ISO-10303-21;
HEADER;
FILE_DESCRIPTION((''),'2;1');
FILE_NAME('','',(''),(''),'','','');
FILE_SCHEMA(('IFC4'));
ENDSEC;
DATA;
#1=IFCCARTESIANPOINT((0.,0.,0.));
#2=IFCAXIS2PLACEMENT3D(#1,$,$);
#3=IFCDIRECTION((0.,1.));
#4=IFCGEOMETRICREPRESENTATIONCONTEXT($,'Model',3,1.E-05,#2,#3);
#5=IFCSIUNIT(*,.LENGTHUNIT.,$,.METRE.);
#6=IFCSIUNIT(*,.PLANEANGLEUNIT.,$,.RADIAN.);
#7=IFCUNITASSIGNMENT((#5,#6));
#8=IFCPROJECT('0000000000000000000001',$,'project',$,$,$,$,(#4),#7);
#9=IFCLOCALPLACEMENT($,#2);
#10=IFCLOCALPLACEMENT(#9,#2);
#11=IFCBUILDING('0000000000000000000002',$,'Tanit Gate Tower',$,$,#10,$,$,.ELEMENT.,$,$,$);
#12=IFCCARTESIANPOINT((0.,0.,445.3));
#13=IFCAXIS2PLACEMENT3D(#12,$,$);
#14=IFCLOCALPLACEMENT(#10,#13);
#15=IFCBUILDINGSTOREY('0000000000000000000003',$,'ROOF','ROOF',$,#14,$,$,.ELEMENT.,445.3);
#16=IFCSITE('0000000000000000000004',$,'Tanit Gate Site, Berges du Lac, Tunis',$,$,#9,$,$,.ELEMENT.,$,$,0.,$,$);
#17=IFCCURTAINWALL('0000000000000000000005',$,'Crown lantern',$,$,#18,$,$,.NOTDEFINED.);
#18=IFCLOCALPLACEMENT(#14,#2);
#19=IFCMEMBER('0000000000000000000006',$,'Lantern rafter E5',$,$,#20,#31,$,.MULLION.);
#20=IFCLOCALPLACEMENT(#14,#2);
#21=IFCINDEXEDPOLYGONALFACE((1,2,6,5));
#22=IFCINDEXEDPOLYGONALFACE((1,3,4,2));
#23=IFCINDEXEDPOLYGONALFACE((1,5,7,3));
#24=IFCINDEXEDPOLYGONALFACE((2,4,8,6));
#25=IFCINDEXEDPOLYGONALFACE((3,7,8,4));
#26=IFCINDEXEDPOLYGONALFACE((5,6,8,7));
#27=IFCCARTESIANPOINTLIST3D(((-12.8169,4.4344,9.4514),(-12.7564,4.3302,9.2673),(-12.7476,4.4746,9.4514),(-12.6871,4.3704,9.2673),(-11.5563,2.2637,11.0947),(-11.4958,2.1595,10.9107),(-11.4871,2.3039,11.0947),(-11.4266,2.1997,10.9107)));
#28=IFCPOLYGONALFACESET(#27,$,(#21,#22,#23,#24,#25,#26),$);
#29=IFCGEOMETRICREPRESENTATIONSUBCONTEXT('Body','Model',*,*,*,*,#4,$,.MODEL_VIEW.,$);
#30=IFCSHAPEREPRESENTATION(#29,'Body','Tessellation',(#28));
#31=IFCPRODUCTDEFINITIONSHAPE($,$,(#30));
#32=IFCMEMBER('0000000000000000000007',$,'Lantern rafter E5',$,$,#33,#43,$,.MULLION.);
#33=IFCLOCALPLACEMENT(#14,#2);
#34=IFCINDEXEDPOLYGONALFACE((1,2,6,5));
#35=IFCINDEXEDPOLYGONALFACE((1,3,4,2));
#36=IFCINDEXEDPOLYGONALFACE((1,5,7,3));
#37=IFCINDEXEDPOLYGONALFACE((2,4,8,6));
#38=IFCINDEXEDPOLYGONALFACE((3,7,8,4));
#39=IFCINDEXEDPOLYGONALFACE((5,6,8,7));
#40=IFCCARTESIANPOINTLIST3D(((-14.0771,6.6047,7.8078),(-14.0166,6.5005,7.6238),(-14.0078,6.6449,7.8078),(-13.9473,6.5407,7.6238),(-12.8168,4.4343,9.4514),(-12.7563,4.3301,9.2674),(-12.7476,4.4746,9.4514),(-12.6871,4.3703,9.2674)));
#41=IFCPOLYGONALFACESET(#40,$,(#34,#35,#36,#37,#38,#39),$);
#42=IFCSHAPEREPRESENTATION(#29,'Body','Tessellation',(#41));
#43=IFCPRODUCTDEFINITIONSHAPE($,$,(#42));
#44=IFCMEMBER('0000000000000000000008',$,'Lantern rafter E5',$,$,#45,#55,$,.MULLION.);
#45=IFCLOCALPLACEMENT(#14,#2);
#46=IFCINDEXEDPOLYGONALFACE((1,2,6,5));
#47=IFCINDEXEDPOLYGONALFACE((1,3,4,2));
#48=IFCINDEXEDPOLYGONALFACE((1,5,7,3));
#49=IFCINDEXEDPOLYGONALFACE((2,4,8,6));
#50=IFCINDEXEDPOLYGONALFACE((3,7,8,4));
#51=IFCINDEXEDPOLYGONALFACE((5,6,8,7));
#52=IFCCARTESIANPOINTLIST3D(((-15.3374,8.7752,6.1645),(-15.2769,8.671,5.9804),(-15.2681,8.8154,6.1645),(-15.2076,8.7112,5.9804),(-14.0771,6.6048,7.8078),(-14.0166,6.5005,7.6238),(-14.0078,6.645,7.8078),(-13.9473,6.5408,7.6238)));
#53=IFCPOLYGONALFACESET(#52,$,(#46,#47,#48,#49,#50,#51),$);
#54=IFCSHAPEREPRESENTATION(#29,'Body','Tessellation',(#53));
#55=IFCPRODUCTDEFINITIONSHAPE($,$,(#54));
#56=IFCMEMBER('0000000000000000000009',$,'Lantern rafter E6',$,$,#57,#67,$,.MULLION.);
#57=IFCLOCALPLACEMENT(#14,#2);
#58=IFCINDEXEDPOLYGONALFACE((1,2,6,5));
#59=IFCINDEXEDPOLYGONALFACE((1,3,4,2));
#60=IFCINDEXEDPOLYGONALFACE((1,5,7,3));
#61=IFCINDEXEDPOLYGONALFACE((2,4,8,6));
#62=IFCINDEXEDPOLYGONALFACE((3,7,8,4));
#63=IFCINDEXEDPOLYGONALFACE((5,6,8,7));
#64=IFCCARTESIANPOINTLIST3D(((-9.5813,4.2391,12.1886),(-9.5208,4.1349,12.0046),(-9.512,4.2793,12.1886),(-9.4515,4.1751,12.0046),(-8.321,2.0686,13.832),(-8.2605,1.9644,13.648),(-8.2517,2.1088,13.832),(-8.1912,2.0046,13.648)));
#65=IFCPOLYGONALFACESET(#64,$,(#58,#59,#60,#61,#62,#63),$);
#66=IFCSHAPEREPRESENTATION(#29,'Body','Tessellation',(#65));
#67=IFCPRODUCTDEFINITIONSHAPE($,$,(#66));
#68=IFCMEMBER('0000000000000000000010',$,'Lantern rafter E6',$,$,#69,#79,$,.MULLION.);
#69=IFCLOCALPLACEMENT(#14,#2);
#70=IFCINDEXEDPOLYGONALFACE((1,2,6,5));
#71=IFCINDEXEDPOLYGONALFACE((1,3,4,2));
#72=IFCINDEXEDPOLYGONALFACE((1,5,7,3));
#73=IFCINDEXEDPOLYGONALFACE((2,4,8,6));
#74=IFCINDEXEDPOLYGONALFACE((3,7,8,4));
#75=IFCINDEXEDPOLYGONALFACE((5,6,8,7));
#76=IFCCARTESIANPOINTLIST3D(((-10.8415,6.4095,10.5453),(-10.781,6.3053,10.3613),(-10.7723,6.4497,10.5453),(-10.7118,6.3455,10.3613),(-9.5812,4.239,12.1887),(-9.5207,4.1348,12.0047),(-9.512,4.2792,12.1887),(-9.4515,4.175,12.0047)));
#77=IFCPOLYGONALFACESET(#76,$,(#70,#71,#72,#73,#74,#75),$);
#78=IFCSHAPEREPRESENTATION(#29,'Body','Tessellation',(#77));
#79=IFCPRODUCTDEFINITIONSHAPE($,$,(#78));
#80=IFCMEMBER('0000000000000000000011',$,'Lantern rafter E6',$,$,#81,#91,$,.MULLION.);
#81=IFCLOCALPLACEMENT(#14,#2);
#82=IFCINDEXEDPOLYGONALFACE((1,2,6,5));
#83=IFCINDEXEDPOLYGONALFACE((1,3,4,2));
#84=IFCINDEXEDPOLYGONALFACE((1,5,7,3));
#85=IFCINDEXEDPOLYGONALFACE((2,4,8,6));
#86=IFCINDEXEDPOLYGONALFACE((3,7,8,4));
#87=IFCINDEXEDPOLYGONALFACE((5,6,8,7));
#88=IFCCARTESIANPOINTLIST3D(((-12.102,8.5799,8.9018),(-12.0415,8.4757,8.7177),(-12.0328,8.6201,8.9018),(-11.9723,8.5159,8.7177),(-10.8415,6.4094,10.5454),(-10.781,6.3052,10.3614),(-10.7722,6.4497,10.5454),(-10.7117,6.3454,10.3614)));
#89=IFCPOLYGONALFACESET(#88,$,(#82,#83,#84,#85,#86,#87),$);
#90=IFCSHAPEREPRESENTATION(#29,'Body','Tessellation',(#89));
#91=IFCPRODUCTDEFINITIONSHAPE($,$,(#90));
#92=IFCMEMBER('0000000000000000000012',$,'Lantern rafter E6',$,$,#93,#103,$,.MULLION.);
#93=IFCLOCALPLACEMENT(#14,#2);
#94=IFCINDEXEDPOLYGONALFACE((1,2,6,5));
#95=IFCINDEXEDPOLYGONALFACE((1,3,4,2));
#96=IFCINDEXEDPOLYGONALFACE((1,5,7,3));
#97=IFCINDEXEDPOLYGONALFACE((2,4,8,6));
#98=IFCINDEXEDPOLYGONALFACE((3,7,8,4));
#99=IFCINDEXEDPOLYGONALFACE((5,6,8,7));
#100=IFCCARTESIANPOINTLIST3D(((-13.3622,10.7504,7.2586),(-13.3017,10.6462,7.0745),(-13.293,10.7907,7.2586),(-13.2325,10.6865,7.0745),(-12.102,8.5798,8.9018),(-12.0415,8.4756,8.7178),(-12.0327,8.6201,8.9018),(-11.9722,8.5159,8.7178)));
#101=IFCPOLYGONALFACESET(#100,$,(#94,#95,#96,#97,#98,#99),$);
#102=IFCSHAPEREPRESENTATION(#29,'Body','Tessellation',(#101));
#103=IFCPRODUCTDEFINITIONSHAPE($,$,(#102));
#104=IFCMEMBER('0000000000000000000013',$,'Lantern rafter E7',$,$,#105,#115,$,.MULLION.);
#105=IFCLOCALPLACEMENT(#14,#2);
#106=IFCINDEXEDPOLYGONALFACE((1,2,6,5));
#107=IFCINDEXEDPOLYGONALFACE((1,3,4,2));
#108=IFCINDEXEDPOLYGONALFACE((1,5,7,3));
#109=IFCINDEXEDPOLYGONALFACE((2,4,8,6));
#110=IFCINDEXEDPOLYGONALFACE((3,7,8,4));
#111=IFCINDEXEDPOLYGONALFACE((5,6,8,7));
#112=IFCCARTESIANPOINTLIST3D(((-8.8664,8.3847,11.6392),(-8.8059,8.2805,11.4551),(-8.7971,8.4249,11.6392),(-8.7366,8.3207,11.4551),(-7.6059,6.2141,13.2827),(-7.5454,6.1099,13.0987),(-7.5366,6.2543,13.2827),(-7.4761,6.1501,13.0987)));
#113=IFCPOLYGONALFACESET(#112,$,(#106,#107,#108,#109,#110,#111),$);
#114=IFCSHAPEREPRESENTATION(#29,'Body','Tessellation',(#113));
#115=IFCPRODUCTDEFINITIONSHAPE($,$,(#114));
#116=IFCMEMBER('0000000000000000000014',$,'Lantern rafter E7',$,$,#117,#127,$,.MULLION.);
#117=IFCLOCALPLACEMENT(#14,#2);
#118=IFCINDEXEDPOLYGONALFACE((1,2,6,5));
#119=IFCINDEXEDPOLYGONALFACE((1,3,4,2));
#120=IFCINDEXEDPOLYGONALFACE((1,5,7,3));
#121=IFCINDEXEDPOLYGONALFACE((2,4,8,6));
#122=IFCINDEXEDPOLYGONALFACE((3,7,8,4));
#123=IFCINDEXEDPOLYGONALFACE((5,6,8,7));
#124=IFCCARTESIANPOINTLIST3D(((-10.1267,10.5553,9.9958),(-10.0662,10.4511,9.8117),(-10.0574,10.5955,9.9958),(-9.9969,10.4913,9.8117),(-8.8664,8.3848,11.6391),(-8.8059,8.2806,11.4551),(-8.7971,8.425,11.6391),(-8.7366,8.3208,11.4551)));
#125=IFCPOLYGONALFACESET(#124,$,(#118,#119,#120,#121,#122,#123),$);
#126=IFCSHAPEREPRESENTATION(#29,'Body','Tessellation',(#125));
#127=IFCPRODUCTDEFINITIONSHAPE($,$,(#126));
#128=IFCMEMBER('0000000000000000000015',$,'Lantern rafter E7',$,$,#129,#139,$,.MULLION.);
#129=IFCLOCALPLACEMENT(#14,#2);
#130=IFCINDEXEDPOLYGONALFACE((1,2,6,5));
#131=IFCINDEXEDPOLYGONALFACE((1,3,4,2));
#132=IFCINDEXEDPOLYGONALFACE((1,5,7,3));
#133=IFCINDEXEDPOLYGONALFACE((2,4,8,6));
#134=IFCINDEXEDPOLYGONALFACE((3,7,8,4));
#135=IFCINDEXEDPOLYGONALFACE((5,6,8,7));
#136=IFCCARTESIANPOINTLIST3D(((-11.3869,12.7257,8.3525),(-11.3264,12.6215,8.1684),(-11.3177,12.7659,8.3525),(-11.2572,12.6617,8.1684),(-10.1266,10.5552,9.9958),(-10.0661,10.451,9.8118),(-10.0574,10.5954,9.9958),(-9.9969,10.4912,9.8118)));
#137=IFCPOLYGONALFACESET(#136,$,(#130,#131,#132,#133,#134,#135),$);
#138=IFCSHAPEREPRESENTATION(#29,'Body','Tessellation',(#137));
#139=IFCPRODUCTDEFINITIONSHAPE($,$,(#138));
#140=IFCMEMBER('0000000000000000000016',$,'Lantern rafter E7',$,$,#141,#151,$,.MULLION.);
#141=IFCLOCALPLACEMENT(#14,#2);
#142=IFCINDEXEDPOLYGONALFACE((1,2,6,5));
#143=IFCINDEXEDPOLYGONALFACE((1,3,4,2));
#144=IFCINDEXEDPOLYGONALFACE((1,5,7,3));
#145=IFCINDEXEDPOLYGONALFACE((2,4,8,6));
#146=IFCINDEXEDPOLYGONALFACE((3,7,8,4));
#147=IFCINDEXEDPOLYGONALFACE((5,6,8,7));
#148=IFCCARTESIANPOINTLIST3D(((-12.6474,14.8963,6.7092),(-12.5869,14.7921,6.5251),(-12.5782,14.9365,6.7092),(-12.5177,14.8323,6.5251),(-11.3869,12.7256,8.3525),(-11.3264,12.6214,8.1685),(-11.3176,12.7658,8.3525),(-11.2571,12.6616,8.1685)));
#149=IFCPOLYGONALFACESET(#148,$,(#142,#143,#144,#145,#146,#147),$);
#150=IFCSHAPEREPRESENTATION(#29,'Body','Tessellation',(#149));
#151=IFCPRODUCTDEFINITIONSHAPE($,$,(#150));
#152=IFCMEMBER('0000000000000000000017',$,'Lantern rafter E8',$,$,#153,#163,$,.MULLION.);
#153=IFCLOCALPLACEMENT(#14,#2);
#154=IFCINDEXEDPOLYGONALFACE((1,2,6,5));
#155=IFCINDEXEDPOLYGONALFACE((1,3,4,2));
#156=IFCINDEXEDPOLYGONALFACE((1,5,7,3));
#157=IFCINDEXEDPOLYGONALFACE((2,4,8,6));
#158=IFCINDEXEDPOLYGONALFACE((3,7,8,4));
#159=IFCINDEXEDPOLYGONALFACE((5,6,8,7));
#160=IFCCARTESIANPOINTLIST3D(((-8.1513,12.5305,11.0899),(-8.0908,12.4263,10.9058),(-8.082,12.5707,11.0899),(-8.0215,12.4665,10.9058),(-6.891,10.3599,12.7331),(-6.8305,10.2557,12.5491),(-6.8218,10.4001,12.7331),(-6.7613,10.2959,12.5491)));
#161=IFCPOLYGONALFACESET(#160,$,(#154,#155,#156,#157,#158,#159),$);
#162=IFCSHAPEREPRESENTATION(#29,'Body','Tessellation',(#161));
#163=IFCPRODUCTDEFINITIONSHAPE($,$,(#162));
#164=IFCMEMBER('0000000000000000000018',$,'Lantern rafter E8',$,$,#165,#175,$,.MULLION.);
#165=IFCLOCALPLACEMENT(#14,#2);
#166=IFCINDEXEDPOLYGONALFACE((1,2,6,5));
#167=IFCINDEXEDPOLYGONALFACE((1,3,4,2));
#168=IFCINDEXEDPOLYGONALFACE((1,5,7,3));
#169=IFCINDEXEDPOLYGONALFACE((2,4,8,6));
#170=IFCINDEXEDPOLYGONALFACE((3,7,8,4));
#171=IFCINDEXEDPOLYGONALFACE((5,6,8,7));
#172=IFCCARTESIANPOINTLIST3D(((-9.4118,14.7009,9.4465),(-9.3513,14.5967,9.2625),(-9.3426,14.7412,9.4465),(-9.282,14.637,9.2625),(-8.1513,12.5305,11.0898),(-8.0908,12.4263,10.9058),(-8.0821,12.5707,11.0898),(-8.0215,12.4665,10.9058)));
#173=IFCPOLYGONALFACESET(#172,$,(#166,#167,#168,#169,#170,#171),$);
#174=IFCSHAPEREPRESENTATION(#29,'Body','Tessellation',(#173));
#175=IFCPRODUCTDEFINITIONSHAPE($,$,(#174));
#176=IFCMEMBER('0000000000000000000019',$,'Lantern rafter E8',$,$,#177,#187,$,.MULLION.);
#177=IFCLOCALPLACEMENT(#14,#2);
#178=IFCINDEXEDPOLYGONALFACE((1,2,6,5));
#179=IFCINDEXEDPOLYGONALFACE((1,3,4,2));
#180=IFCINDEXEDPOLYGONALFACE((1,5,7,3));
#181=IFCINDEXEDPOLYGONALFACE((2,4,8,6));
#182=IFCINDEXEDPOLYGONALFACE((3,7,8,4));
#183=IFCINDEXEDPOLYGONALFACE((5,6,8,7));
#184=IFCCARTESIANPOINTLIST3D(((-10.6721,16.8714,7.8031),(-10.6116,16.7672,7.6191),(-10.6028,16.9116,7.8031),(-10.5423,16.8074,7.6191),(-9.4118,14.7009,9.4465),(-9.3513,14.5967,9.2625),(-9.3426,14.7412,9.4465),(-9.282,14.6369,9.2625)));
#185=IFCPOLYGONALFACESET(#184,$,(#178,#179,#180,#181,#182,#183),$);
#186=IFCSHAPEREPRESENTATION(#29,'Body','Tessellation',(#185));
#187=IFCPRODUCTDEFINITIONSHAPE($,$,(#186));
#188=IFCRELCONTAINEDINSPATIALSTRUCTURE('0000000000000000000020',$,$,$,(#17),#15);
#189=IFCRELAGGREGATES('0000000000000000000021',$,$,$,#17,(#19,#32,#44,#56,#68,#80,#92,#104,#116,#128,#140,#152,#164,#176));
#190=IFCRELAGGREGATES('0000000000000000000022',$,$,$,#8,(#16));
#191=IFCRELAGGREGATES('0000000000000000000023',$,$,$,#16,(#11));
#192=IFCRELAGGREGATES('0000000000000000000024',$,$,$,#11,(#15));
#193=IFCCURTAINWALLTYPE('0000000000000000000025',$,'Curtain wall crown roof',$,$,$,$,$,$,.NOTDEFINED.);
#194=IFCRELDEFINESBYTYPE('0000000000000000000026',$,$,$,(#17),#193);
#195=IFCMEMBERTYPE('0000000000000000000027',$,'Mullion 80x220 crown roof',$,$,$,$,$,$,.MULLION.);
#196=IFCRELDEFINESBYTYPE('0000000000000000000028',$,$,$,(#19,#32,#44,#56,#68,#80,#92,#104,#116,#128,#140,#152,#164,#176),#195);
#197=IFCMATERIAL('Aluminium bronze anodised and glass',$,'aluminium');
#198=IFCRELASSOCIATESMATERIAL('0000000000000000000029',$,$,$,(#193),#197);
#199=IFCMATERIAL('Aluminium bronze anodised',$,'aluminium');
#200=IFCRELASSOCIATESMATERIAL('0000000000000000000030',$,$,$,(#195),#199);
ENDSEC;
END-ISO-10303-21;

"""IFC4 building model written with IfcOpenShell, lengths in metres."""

from ifc_helpers import new_model, si_unit, direction, frame, origin, origin_2d, place, context, subcontext, project, spatial, rectangle, extrude, material, material_profile, profile_set, type_object, element, aggregate, save


model = new_model("IFC4")

# Units and contexts
model_context = context("Model", 3, precision=1e-05, world=origin(), true_north=direction((0.0, 1.0)))
body_context = subcontext(model_context, "Body", "Model", "MODEL_VIEW")
ifc_project = project(units=[si_unit("LENGTHUNIT", "METRE"), si_unit("PLANEANGLEUNIT", "RADIAN")], contexts=[model_context])

# Site, building, storey
site_placement = place(None, origin())
site = spatial("IfcSite", under=ifc_project, at=site_placement, Name="Tanit Gate Site, Berges du Lac, Tunis", CompositionType="ELEMENT", RefElevation=0.0)
building_placement = place(site_placement, origin())
building = spatial("IfcBuilding", under=site, at=building_placement, Name="Tanit Gate Tower", CompositionType="ELEMENT")
storey_placement = place(building_placement, frame((0.0, 0.0, 445.3)))
storey = spatial("IfcBuildingStorey", under=building, at=storey_placement, Name="ROOF", Description="ROOF", CompositionType="ELEMENT", Elevation=445.3)

# Curtain wall, members
ifc_material_1 = material(Name="Aluminium bronze anodised and glass", Category="aluminium")
curtain_wall_type = type_object("IfcCurtainWallType", Name="Curtain wall crown roof", PredefinedType="NOTDEFINED", material=ifc_material_1)
curtain_wall_placement = place(storey_placement, origin())
curtain_wall = element("IfcCurtainWall", 1, at=curtain_wall_placement, inside=storey, type_object=curtain_wall_type, Name="Crown lantern", PredefinedType="NOTDEFINED")
ifc_material_2 = material(Name="Aluminium bronze anodised", Category="aluminium")
ifc_material_profile_1 = material_profile(ifc_material_2, rectangle(XDim=0.0801, YDim=0.22, at=origin_2d()), Name="80x220 bronze rafter")
ifc_profile_set_1 = profile_set([ifc_material_profile_1], Name="Aluminium bronze anodised")
member_type_1 = type_object("IfcMemberType", Name="Mullion 80x220 crown roof", PredefinedType="MULLION", material=ifc_profile_set_1)
member_1_placement = place(storey_placement, frame((-11.4915, 2.2317, 11.0027), z_axis=(-0.420141, 0.723509, -0.547738), x_axis=(-0.864769, -0.502171, 0.0)))
member_1 = element("IfcMember", 2, at=member_1_placement, type_object=member_type_1, Name="Lantern rafter E5", PredefinedType="MULLION", context=body_context, shape_type="SweptSolid", body=[
    extrude(rectangle(XDim=0.0801, YDim=0.22, at=origin_2d()), origin(), (0.0, 0.0, 1.0), 3.0002),
])
member_2_placement = place(storey_placement, frame((-12.752, 4.4023, 9.3594), z_axis=(-0.42008, 0.723462, -0.547846), x_axis=(-0.864786, -0.50214, 0.0)))
member_2 = element("IfcMember", 3, at=member_2_placement, type_object=member_type_1, Name="Lantern rafter E5", PredefinedType="MULLION", context=body_context, shape_type="SweptSolid", body=[
    extrude(rectangle(XDim=0.0801, YDim=0.22, at=origin_2d()), origin(), (0.0, 0.0, 1.0), 3.0),
])
member_3_placement = place(storey_placement, frame((-14.0122, 6.5728, 7.7158), z_axis=(-0.420099, 0.723495, -0.547789), x_axis=(-0.864786, -0.50214, 0.0)))
member_3 = element("IfcMember", 4, at=member_3_placement, type_object=member_type_1, Name="Lantern rafter E5", PredefinedType="MULLION", context=body_context, shape_type="SweptSolid", body=[
    extrude(rectangle(XDim=0.0801, YDim=0.22, at=origin_2d()), origin(), (0.0, 0.0, 1.0), 3.0),
])
member_4_placement = place(storey_placement, frame((-8.2561, 2.0366, 13.74), z_axis=(-0.420099, 0.723495, -0.547789), x_axis=(-0.864786, -0.50214, 0.0)))
member_4 = element("IfcMember", 5, at=member_4_placement, type_object=member_type_1, Name="Lantern rafter E6", PredefinedType="MULLION", context=body_context, shape_type="SweptSolid", body=[
    extrude(rectangle(XDim=0.0801, YDim=0.22, at=origin_2d()), origin(), (0.0, 0.0, 1.0), 3.0),
])
member_5_placement = place(storey_placement, frame((-9.5164, 4.207, 12.0967), z_axis=(-0.420099, 0.723495, -0.547789), x_axis=(-0.864786, -0.50214, 0.0)))
member_5 = element("IfcMember", 6, at=member_5_placement, type_object=member_type_1, Name="Lantern rafter E6", PredefinedType="MULLION", context=body_context, shape_type="SweptSolid", body=[
    extrude(rectangle(XDim=0.0801, YDim=0.22, at=origin_2d()), origin(), (0.0, 0.0, 1.0), 3.0),
])
member_6_placement = place(storey_placement, frame((-10.7766, 6.3774, 10.4534), z_axis=(-0.420147, 0.723438, -0.547827), x_axis=(-0.864744, -0.502213, 0.0)))
member_6 = element("IfcMember", 7, at=member_6_placement, type_object=member_type_1, Name="Lantern rafter E6", PredefinedType="MULLION", context=body_context, shape_type="SweptSolid", body=[
    extrude(rectangle(XDim=0.0801, YDim=0.22, at=origin_2d()), origin(), (0.0, 0.0, 1.0), 3.0002),
])
member_7_placement = place(storey_placement, frame((-12.0371, 8.5479, 8.8098), z_axis=(-0.420074, 0.723533, -0.547757), x_axis=(-0.864811, -0.502098, 0.0)))
member_7 = element("IfcMember", 8, at=member_7_placement, type_object=member_type_1, Name="Lantern rafter E6", PredefinedType="MULLION", context=body_context, shape_type="SweptSolid", body=[
    extrude(rectangle(XDim=0.0801, YDim=0.22, at=origin_2d()), origin(), (0.0, 0.0, 1.0), 3.0),
])
member_8_placement = place(storey_placement, frame((-7.541, 6.1821, 13.1907), z_axis=(-0.420122, 0.723476, -0.547795), x_axis=(-0.864769, -0.502171, 0.0)))
member_8 = element("IfcMember", 9, at=member_8_placement, type_object=member_type_1, Name="Lantern rafter E7", PredefinedType="MULLION", context=body_context, shape_type="SweptSolid", body=[
    extrude(rectangle(XDim=0.0801, YDim=0.22, at=origin_2d()), origin(), (0.0, 0.0, 1.0), 3.0002),
])
member_9_placement = place(storey_placement, frame((-8.8015, 8.3528, 11.5471), z_axis=(-0.420099, 0.723495, -0.547789), x_axis=(-0.864786, -0.50214, 0.0)))
member_9 = element("IfcMember", 10, at=member_9_placement, type_object=member_type_1, Name="Lantern rafter E7", PredefinedType="MULLION", context=body_context, shape_type="SweptSolid", body=[
    extrude(rectangle(XDim=0.0801, YDim=0.22, at=origin_2d()), origin(), (0.0, 0.0, 1.0), 3.0),
])
member_10_placement = place(storey_placement, frame((-10.0618, 10.5232, 9.9038), z_axis=(-0.420099, 0.723495, -0.547789), x_axis=(-0.864786, -0.50214, 0.0)))
member_10 = element("IfcMember", 11, at=member_10_placement, type_object=member_type_1, Name="Lantern rafter E7", PredefinedType="MULLION", context=body_context, shape_type="SweptSolid", body=[
    extrude(rectangle(XDim=0.0801, YDim=0.22, at=origin_2d()), origin(), (0.0, 0.0, 1.0), 3.0),
])
member_11_placement = place(storey_placement, frame((-11.322, 12.6936, 8.2605), z_axis=(-0.420141, 0.723509, -0.547738), x_axis=(-0.864769, -0.502171, 0.0)))
member_11 = element("IfcMember", 12, at=member_11_placement, type_object=member_type_1, Name="Lantern rafter E7", PredefinedType="MULLION", context=body_context, shape_type="SweptSolid", body=[
    extrude(rectangle(XDim=0.0801, YDim=0.22, at=origin_2d()), origin(), (0.0, 0.0, 1.0), 3.0002),
])
member_12_placement = place(storey_placement, frame((-6.8262, 10.3279, 12.6411), z_axis=(-0.420074, 0.723533, -0.547757), x_axis=(-0.864811, -0.502098, 0.0)))
member_12 = element("IfcMember", 13, at=member_12_placement, type_object=member_type_1, Name="Lantern rafter E8", PredefinedType="MULLION", context=body_context, shape_type="SweptSolid", body=[
    extrude(rectangle(XDim=0.0801, YDim=0.22, at=origin_2d()), origin(), (0.0, 0.0, 1.0), 3.0),
])
member_13_placement = place(storey_placement, frame((-8.0864, 12.4985, 10.9978), z_axis=(-0.420166, 0.72347, -0.54777), x_axis=(-0.864744, -0.502213, 0.0)))
member_13 = element("IfcMember", 14, at=member_13_placement, type_object=member_type_1, Name="Lantern rafter E8", PredefinedType="MULLION", context=body_context, shape_type="SweptSolid", body=[
    extrude(rectangle(XDim=0.0801, YDim=0.22, at=origin_2d()), origin(), (0.0, 0.0, 1.0), 3.0),
])
member_14_placement = place(storey_placement, frame((-9.3469, 14.6689, 9.3545), z_axis=(-0.420099, 0.723495, -0.547789), x_axis=(-0.864786, -0.50214, 0.0)))
member_14 = element("IfcMember", 15, at=member_14_placement, type_object=member_type_1, Name="Lantern rafter E8", PredefinedType="MULLION", context=body_context, shape_type="SweptSolid", body=[
    extrude(rectangle(XDim=0.0801, YDim=0.22, at=origin_2d()), origin(), (0.0, 0.0, 1.0), 3.0),
])
aggregate(curtain_wall, [member_1, member_2, member_3, member_4, member_5, member_6, member_7, member_8, member_9, member_10, member_11, member_12, member_13, member_14])

save(model, "model.ifc")
